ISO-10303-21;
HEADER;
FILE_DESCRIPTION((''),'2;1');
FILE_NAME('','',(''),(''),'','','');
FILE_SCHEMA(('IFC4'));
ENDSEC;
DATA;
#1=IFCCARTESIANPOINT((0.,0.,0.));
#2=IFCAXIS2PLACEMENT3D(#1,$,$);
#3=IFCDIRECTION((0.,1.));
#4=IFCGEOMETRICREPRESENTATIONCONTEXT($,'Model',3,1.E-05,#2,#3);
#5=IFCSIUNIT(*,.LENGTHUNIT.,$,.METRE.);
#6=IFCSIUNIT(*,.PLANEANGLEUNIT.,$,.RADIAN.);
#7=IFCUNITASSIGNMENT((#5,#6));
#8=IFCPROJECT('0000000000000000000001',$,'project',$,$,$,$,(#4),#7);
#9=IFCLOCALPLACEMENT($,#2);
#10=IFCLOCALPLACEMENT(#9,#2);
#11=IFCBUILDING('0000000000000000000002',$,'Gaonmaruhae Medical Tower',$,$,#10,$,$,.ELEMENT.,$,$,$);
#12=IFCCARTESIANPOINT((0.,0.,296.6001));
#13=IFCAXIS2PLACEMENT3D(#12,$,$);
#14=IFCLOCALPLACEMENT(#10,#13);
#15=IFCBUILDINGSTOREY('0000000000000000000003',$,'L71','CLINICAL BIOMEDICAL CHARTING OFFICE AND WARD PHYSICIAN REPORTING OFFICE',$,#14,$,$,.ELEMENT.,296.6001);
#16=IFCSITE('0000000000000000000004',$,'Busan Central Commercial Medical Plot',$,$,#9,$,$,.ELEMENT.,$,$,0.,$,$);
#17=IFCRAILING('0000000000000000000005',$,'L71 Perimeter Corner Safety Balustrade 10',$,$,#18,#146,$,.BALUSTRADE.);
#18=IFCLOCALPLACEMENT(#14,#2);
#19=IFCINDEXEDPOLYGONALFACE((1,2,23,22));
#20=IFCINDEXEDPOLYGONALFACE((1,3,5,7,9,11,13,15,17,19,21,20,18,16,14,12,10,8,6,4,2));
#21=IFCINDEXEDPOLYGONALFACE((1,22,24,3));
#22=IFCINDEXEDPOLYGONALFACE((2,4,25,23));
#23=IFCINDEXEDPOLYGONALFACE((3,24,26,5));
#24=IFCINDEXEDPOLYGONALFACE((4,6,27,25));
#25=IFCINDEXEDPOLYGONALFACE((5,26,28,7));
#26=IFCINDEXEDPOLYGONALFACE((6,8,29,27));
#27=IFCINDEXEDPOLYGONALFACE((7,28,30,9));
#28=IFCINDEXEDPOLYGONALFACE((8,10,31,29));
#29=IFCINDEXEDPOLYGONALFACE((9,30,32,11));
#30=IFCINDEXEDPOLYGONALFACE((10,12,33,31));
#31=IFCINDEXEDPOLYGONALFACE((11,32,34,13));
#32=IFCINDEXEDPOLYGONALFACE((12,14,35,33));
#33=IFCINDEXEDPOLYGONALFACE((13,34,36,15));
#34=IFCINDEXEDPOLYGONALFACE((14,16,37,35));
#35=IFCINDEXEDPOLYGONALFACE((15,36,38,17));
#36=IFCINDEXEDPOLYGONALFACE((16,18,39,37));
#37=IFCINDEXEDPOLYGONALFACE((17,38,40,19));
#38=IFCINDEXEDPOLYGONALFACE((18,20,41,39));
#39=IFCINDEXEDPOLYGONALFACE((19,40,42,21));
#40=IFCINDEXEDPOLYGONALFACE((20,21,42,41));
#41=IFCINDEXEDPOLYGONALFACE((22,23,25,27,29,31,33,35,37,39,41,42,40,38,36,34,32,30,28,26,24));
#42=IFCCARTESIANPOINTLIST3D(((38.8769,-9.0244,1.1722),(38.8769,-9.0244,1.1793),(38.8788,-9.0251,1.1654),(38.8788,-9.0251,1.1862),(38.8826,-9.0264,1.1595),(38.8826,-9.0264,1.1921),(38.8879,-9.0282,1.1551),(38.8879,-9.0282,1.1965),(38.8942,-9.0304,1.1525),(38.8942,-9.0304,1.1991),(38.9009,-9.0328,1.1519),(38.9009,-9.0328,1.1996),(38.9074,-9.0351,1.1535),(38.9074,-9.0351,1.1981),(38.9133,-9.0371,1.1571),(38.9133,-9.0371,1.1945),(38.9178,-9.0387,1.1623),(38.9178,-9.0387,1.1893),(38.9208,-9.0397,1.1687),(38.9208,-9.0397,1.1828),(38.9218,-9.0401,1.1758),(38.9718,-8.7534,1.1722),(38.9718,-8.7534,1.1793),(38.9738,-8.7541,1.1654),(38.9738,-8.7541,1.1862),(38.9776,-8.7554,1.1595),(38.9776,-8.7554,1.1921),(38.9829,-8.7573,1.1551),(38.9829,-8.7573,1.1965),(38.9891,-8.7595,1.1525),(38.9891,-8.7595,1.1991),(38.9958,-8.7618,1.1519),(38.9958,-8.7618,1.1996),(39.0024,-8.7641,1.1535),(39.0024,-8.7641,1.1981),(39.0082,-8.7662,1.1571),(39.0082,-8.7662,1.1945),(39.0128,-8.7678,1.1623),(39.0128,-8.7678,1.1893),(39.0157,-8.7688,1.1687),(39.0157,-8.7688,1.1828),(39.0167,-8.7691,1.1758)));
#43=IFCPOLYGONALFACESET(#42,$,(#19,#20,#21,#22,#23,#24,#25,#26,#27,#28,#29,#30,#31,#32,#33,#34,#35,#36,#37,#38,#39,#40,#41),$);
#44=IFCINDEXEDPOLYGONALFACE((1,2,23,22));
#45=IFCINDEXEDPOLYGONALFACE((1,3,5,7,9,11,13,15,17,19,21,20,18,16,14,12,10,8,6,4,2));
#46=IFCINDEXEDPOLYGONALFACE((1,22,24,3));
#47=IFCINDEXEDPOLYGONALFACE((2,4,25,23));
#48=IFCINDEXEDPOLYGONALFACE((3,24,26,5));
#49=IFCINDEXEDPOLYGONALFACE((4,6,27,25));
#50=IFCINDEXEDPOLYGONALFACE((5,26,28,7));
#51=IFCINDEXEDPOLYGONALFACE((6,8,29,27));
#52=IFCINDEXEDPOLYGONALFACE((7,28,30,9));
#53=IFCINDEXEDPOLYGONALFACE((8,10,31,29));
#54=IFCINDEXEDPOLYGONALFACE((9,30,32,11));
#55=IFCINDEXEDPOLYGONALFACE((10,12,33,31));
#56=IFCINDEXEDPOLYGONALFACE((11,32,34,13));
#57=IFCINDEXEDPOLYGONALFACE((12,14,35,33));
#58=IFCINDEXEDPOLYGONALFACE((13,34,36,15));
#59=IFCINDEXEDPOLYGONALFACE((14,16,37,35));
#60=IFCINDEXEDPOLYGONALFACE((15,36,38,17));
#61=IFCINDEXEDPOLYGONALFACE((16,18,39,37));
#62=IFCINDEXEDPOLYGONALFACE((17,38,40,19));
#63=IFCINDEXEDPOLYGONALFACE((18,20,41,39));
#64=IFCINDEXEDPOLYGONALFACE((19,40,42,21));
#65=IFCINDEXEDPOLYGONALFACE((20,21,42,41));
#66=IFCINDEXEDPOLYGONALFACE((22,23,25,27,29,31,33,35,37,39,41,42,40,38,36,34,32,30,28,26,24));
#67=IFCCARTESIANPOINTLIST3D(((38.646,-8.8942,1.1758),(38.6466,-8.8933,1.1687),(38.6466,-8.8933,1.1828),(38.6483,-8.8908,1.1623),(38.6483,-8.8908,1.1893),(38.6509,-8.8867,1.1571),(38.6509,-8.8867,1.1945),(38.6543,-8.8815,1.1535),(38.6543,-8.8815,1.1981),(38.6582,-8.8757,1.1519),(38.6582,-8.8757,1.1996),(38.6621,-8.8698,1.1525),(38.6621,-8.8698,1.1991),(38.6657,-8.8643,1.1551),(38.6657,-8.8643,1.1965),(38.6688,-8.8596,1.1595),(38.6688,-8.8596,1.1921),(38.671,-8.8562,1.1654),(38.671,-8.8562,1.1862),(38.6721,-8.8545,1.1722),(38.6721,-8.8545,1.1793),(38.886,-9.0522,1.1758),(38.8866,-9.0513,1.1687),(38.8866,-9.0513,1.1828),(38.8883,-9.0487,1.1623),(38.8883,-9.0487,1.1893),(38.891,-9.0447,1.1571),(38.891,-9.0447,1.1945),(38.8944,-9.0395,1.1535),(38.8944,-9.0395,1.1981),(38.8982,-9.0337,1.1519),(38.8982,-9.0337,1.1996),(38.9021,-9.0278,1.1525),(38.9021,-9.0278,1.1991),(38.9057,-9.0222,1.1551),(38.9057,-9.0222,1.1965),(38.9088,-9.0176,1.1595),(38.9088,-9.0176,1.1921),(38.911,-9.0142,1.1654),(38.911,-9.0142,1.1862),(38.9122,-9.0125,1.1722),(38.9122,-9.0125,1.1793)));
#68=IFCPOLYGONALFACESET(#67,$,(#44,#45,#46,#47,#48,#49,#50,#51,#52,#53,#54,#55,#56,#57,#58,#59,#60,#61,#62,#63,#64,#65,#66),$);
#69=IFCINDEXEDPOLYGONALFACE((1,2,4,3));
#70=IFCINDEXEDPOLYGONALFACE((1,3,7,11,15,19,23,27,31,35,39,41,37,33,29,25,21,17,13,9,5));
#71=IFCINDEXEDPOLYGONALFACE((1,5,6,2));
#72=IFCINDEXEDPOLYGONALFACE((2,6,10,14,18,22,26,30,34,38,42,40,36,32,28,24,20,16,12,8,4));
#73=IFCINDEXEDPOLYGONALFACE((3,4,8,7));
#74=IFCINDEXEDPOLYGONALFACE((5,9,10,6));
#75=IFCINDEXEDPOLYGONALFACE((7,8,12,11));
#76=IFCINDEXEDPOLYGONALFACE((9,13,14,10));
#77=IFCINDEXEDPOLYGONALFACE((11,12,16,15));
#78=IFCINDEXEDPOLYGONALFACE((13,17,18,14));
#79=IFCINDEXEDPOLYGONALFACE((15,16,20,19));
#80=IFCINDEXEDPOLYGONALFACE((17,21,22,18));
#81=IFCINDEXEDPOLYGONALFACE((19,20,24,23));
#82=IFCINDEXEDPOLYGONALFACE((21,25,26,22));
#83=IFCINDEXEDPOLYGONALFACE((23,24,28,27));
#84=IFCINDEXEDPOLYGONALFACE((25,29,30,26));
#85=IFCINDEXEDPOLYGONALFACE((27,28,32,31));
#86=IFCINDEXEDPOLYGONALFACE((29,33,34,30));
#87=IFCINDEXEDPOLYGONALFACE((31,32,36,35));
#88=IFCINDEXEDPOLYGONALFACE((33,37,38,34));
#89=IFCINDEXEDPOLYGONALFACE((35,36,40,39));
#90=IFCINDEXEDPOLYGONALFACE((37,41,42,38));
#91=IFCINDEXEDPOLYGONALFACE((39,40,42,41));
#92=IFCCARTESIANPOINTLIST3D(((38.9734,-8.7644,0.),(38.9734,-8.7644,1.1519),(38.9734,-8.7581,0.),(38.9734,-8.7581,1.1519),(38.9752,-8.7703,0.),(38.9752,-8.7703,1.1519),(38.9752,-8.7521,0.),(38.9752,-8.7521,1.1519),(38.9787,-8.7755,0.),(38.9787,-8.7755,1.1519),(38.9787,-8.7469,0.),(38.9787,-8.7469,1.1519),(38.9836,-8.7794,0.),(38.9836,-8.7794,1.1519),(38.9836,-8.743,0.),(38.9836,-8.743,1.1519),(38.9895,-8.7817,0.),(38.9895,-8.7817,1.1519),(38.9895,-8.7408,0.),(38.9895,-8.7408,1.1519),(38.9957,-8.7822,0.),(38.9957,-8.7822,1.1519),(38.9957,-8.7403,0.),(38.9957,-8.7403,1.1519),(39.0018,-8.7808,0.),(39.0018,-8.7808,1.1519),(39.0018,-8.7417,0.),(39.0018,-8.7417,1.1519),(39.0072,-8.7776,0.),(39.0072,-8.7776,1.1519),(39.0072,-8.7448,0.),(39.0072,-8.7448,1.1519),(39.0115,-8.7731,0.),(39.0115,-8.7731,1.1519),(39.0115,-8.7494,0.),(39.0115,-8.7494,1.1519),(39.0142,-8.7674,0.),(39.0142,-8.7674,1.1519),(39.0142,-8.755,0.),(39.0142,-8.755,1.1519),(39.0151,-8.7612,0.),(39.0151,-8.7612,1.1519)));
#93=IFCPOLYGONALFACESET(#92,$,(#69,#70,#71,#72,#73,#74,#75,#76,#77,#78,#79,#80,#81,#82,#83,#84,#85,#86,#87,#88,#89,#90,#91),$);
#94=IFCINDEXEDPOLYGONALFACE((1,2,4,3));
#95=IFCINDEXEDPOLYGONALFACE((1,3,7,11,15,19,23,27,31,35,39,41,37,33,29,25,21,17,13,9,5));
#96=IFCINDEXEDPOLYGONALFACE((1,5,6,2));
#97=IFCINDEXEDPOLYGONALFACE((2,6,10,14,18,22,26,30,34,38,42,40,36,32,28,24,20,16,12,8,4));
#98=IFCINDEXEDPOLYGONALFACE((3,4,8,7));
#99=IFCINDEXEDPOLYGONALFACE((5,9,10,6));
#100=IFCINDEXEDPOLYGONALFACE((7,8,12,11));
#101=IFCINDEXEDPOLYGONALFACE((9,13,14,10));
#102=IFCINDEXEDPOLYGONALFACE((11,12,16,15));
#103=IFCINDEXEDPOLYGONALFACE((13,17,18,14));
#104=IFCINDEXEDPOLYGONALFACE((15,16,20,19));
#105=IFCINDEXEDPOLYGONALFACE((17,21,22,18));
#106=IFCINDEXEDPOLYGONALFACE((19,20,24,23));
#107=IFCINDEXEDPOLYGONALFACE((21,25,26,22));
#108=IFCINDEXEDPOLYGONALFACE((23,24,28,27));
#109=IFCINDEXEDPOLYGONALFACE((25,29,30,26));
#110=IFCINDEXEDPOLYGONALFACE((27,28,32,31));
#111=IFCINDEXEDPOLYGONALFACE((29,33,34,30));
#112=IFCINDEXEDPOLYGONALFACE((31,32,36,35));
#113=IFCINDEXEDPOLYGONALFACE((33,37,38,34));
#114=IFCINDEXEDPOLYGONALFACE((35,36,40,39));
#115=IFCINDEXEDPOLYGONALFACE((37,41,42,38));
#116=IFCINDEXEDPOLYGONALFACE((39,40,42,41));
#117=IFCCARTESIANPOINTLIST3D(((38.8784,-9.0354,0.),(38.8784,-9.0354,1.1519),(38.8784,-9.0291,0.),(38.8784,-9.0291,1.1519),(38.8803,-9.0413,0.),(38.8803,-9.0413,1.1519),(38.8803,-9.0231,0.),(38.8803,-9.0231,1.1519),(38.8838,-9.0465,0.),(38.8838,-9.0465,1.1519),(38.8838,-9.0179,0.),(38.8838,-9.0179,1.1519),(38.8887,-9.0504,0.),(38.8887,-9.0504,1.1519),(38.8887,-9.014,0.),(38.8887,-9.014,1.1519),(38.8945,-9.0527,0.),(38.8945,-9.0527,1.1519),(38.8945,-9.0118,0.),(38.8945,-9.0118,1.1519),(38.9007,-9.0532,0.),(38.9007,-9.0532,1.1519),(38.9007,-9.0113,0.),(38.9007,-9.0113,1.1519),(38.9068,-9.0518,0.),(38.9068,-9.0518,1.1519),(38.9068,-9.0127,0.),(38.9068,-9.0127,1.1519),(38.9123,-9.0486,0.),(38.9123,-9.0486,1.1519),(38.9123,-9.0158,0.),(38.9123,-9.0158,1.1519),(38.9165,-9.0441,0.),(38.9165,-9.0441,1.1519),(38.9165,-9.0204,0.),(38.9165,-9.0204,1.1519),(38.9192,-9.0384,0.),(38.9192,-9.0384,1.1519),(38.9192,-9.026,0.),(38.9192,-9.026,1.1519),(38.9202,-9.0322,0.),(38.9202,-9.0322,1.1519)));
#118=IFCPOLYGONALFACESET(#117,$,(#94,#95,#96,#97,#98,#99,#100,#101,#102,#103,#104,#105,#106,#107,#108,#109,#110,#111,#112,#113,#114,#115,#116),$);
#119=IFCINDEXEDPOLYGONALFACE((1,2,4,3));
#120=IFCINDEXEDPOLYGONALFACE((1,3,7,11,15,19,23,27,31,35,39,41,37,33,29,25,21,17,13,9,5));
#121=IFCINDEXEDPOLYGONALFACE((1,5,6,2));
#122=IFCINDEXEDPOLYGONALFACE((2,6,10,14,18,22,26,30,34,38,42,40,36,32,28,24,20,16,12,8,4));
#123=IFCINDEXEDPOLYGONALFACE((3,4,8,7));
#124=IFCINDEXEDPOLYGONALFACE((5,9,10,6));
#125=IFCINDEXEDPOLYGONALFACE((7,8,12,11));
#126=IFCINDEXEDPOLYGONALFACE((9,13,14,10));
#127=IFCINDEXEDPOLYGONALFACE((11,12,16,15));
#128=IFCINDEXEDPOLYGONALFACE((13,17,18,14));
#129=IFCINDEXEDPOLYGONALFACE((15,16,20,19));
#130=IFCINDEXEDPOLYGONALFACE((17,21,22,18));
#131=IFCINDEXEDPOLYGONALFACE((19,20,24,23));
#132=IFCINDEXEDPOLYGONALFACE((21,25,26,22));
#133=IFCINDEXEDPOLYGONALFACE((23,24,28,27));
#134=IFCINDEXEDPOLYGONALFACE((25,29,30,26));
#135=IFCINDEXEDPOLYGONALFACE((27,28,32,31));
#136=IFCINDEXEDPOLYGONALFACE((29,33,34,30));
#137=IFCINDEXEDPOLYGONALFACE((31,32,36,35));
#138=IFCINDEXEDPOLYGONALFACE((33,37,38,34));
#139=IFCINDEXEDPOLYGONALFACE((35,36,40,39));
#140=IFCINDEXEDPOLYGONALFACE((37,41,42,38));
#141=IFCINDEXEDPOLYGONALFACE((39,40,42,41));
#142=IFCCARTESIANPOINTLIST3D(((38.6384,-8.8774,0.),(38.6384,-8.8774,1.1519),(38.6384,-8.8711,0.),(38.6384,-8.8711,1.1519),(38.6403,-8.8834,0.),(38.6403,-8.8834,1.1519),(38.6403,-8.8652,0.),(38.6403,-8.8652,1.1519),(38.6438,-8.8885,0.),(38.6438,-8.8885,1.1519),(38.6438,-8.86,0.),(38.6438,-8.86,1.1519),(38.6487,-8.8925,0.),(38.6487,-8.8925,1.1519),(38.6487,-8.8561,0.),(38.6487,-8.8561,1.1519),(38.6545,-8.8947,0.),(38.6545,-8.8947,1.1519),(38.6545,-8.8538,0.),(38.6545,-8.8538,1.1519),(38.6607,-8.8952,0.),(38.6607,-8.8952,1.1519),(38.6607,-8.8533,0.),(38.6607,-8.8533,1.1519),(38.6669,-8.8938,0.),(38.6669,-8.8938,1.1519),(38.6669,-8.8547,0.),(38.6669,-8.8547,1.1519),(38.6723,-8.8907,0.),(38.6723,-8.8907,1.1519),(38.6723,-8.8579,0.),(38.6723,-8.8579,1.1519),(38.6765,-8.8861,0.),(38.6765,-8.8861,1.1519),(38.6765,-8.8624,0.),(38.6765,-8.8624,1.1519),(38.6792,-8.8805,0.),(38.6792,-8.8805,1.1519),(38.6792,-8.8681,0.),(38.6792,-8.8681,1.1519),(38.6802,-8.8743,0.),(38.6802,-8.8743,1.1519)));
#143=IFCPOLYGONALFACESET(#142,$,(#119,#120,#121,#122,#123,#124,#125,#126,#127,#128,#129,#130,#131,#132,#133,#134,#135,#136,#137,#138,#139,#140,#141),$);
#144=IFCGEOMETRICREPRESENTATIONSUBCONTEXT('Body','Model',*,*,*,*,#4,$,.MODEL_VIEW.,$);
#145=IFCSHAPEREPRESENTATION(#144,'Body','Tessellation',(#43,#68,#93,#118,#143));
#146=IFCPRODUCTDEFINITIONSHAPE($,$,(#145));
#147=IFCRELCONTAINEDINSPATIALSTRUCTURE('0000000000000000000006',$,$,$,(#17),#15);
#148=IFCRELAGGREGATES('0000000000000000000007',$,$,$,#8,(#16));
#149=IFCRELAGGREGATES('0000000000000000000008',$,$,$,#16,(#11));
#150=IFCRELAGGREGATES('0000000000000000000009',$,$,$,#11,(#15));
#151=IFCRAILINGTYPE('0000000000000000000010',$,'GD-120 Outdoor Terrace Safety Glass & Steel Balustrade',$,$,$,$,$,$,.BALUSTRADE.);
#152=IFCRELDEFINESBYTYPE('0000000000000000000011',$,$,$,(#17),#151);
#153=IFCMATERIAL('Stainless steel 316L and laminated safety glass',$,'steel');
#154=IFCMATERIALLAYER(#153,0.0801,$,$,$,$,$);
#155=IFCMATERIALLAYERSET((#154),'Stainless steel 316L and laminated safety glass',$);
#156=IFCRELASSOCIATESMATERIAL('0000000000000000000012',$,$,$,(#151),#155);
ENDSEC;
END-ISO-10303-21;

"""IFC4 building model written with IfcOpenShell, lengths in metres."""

from ifc_helpers import new_model, si_unit, direction, frame, origin, origin_2d, place, context, subcontext, project, spatial, circle, extrude, material, layer, layer_set, type_object, element, save


model = new_model("IFC4")

# Units and contexts
model_context = context("Model", 3, precision=1e-05, world=origin(), true_north=direction((0.0, 1.0)))
body_context = subcontext(model_context, "Body", "Model", "MODEL_VIEW")
ifc_project = project(units=[si_unit("LENGTHUNIT", "METRE"), si_unit("PLANEANGLEUNIT", "RADIAN")], contexts=[model_context])

# Site, building, storey
site_placement = place(None, origin())
site = spatial("IfcSite", under=ifc_project, at=site_placement, Name="Busan Central Commercial Medical Plot", CompositionType="ELEMENT", RefElevation=0.0)
building_placement = place(site_placement, origin())
building = spatial("IfcBuilding", under=site, at=building_placement, Name="Gaonmaruhae Medical Tower", CompositionType="ELEMENT")
storey_placement = place(building_placement, frame((0.0, 0.0, 296.6001)))
storey = spatial("IfcBuildingStorey", under=building, at=storey_placement, Name="L71", Description="CLINICAL BIOMEDICAL CHARTING OFFICE AND WARD PHYSICIAN REPORTING OFFICE", CompositionType="ELEMENT", Elevation=296.6001)

# Railing
ifc_material_1 = material(Name="Stainless steel 316L and laminated safety glass", Category="steel")
ifc_layer_1 = layer(ifc_material_1, 0.0801)
ifc_layer_set_1 = layer_set([ifc_layer_1], Name="Stainless steel 316L and laminated safety glass")
railing_type = type_object("IfcRailingType", Name="GD-120 Outdoor Terrace Safety Glass & Steel Balustrade", PredefinedType="BALUSTRADE", material=ifc_layer_set_1)
railing_1_placement = place(storey_placement, frame((38.9941, -8.7612, 0.0)))
element("IfcRailing", 1, at=railing_1_placement, inside=storey, type_object=railing_type, Name="L71 Perimeter Corner Safety Balustrade 10", PredefinedType="BALUSTRADE", context=body_context, shape_type="SweptSolid", body=[
    extrude(circle(Radius=0.0239, at=origin_2d()), frame((0.0, 0.0, 1.1758), z_axis=(-0.330729, -0.943726, 0.0), x_axis=(0.943726, -0.330729, 0.0)), (0.0, 0.0, 1.0), 0.2871),
    extrude(circle(Radius=0.0239, at=origin_2d()), frame((-0.095, -0.271, 1.1758), z_axis=(-0.835304, 0.549788, 0.0), x_axis=(-0.549788, -0.835304, 0.0)), (0.0, 0.0, 1.0), 0.2874),
    extrude(circle(Radius=0.021, at=origin_2d()), origin(), (0.0, 0.0, 1.0), 1.1519),
    extrude(circle(Radius=0.021, at=origin_2d()), frame((-0.095, -0.271, 0.0)), (0.0, 0.0, 1.0), 1.1519),
    extrude(circle(Radius=0.021, at=origin_2d()), frame((-0.335, -0.113, 0.0)), (0.0, 0.0, 1.0), 1.1519),
])

save(model, "model.ifc")
